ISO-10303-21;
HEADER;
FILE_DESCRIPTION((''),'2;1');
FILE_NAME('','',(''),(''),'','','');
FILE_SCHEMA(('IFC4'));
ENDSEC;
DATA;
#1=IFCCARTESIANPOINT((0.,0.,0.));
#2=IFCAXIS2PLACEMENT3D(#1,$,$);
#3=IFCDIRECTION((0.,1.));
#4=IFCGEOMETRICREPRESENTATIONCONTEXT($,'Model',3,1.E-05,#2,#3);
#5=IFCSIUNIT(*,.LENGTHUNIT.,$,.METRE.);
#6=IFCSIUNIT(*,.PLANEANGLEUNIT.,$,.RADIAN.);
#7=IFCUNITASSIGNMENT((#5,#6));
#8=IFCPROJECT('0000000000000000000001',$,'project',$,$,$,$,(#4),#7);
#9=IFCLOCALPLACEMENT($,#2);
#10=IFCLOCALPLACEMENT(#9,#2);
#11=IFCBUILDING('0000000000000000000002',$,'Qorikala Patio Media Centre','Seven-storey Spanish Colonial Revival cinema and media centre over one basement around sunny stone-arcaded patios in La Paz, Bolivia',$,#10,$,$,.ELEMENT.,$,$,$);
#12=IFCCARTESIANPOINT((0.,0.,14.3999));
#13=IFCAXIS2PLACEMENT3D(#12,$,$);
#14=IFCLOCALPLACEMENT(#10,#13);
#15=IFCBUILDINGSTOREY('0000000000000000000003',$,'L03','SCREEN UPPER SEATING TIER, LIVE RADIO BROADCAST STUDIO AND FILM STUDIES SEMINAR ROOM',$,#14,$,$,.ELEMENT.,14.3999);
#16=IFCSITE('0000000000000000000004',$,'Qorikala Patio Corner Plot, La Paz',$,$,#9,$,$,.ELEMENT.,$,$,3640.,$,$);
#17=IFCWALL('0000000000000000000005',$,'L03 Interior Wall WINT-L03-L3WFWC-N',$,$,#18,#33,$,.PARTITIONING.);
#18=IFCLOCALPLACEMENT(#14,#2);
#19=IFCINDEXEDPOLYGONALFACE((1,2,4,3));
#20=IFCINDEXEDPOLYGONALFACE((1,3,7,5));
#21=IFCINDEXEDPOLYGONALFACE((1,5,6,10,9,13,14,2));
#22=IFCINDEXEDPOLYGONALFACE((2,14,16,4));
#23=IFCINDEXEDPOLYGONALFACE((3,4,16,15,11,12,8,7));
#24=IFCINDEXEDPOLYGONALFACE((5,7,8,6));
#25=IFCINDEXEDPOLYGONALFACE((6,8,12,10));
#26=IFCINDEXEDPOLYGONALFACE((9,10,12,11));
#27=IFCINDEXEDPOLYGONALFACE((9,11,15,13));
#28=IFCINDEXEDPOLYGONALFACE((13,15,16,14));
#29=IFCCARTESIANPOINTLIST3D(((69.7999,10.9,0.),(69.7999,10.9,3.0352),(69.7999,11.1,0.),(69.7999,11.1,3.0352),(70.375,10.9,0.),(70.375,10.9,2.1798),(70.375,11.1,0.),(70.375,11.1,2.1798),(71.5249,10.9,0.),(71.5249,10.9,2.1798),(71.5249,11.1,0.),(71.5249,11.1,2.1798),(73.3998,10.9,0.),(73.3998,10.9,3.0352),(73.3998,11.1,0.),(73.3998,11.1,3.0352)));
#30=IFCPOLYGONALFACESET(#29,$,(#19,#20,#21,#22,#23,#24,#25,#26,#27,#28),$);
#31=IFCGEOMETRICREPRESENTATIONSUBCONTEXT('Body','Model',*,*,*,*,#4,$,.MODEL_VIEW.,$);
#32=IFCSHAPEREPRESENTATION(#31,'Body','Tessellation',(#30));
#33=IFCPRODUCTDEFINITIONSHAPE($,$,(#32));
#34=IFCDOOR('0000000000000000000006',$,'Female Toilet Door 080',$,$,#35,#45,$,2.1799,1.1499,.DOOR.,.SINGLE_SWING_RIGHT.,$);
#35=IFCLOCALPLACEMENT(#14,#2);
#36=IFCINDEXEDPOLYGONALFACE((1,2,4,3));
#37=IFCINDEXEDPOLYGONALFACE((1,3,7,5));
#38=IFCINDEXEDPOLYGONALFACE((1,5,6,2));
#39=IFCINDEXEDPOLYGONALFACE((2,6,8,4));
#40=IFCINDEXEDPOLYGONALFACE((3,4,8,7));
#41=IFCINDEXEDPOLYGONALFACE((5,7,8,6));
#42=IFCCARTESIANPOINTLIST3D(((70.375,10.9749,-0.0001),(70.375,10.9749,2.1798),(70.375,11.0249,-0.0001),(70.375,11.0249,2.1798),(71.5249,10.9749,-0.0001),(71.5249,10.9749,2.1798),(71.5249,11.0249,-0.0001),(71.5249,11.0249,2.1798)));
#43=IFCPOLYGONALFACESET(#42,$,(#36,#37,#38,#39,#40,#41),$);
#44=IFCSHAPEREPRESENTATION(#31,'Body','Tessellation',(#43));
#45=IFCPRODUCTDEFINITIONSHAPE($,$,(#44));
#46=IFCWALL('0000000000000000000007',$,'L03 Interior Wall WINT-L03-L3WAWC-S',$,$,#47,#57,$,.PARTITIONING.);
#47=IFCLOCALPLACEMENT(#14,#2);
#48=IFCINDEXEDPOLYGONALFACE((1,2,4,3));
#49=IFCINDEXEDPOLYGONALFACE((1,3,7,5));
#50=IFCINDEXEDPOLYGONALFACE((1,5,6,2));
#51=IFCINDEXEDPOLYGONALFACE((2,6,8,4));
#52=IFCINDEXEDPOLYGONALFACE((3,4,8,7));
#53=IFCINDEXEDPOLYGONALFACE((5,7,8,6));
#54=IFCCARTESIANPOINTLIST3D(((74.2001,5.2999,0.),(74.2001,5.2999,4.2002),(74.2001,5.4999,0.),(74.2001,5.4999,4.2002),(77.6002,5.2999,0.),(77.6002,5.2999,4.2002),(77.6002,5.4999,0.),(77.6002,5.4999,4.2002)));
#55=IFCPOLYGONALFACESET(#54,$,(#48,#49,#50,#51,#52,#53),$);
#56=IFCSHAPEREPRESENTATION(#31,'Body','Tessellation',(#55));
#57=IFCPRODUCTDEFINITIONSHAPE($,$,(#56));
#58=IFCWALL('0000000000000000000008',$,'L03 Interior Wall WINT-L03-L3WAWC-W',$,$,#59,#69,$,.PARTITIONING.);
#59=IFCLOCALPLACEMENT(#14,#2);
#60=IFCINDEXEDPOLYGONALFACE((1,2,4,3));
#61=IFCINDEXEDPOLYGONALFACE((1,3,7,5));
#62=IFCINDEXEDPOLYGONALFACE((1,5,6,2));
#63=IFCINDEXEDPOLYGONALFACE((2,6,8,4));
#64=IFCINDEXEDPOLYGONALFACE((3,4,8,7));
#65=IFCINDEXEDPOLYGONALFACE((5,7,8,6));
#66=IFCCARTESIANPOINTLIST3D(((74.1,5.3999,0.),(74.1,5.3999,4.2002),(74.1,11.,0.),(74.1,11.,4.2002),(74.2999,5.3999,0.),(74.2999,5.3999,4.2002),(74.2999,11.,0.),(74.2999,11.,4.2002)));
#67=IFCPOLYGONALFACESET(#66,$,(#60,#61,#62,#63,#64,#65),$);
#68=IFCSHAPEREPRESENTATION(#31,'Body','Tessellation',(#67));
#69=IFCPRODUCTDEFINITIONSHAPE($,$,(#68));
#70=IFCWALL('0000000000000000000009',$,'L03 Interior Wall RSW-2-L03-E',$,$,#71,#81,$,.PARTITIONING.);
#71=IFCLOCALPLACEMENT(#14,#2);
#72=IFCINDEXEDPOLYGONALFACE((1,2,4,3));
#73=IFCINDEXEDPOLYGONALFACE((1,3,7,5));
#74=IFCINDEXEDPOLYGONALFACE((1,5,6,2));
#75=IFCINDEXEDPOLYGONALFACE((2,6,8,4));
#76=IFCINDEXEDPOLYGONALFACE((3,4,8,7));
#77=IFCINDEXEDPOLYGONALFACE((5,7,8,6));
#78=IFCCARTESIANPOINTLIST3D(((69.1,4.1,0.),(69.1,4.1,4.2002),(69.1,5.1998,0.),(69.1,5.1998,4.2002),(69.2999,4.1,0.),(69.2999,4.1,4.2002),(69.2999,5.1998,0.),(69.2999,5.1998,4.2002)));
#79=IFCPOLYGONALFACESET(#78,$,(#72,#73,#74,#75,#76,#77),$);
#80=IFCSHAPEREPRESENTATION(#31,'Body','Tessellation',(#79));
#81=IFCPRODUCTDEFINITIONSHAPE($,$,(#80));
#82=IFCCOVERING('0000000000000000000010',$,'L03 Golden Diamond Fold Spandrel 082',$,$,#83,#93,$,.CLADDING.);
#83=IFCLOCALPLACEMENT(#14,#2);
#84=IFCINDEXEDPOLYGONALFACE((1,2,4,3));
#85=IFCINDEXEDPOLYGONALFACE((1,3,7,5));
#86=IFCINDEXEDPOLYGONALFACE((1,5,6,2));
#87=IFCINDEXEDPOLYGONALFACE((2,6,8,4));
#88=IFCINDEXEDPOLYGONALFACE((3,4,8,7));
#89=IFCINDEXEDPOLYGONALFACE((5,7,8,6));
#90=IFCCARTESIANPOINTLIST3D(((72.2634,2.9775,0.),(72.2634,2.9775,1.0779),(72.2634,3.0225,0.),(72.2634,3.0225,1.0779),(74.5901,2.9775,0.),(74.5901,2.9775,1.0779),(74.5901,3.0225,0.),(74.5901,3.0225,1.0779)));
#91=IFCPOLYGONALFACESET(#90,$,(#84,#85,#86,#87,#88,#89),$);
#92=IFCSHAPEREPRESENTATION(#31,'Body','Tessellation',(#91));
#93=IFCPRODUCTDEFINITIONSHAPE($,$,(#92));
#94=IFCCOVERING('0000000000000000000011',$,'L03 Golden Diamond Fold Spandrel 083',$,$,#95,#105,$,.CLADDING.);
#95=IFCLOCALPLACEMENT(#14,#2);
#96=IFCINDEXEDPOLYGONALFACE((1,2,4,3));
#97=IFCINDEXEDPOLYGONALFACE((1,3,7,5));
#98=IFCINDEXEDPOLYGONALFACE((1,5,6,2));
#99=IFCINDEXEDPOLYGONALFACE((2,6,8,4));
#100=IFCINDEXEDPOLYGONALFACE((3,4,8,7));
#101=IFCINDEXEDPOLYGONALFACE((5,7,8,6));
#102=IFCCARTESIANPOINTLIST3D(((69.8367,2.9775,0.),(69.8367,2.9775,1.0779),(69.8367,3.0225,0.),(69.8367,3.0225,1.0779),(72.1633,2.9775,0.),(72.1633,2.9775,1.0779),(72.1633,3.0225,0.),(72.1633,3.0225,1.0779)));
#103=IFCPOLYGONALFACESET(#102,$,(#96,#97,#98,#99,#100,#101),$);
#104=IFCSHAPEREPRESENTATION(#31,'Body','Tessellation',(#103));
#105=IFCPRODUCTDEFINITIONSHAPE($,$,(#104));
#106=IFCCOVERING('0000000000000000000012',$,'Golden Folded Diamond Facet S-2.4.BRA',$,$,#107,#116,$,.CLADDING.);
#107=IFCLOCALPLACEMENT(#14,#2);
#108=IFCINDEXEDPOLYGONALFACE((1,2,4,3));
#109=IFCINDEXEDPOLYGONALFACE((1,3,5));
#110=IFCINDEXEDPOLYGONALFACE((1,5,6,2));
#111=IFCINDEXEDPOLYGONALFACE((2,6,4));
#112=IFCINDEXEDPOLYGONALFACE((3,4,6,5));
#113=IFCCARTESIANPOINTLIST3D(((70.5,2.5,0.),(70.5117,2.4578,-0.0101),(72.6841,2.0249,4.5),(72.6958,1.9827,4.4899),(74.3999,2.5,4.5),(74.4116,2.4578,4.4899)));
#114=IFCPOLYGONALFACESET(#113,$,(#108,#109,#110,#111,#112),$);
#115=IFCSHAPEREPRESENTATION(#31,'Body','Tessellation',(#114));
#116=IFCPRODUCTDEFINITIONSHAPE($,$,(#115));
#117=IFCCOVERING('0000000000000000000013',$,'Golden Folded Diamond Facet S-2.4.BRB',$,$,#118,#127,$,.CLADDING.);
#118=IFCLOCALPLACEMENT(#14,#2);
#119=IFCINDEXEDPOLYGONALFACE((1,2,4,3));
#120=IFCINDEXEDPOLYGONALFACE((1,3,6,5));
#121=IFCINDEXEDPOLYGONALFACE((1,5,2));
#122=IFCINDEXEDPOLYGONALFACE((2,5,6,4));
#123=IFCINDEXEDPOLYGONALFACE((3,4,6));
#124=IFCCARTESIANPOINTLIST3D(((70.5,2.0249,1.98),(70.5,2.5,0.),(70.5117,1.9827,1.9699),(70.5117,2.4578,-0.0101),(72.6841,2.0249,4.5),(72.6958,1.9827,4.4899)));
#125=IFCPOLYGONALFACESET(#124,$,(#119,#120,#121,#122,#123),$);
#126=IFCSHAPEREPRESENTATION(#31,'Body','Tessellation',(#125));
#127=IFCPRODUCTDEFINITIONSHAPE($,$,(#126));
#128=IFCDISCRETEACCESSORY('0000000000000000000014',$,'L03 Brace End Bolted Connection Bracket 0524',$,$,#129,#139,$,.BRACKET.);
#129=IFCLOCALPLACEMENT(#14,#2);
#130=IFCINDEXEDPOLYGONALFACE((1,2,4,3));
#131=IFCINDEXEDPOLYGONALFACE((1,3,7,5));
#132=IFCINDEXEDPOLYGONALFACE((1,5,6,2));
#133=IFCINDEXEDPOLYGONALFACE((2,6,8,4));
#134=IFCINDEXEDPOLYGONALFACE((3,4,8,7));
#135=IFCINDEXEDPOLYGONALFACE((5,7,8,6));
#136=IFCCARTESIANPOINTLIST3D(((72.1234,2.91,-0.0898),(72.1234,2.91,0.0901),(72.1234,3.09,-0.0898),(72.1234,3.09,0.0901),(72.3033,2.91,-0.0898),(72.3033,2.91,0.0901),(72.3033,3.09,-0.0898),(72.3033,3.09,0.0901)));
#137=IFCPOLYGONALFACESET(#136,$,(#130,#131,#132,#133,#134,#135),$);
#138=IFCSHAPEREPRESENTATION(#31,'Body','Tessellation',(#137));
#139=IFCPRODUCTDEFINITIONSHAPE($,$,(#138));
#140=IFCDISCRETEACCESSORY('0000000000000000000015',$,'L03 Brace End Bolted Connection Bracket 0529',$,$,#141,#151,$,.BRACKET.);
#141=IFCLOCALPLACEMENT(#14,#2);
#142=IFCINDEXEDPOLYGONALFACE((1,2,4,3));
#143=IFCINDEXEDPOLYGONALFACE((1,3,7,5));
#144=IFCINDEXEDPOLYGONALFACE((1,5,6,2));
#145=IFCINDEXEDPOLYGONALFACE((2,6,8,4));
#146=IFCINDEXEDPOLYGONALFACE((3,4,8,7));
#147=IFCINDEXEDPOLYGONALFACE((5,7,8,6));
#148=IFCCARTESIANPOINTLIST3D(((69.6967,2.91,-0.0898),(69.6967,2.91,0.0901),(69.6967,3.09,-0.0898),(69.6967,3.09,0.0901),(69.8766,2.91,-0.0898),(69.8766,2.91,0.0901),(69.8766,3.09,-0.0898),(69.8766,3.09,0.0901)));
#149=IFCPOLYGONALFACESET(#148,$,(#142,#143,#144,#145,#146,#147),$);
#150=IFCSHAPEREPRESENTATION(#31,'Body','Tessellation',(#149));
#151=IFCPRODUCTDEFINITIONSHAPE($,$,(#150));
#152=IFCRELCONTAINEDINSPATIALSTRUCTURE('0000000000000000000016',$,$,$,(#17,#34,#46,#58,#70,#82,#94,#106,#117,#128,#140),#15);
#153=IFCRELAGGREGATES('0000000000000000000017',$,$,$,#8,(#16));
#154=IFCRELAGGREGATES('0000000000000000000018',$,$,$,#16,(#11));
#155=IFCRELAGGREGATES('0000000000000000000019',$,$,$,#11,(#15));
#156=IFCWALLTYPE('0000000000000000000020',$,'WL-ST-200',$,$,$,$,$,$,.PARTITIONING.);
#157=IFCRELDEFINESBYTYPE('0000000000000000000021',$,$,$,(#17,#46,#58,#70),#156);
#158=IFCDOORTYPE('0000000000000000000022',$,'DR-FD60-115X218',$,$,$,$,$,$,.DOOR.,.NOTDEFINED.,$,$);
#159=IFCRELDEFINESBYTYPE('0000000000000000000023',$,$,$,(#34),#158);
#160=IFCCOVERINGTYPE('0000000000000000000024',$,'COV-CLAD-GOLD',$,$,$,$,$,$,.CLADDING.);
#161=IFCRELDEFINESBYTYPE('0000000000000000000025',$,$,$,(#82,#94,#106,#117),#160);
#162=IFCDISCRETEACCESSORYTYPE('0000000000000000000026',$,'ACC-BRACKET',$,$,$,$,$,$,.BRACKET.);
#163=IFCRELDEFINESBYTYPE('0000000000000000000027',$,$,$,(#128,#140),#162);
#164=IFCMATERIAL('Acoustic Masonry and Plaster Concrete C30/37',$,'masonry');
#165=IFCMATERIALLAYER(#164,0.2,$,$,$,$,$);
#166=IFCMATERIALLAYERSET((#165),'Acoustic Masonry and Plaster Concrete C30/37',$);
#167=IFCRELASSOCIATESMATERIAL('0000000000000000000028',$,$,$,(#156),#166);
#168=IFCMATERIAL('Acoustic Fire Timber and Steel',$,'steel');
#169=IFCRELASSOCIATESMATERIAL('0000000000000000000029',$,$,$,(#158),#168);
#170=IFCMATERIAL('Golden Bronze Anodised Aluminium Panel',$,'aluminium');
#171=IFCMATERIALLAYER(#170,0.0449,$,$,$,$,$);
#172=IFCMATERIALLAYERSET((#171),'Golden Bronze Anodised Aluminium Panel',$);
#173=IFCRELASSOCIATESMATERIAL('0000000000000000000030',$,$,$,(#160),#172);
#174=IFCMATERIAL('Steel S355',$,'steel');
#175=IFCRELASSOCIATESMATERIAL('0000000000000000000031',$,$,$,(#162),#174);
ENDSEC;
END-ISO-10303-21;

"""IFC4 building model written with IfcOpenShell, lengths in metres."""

from ifc_helpers import new_model, si_unit, direction, frame, frame_2d, origin, origin_2d, place, context, subcontext, project, spatial, polyline, rectangle, outline, extrude, material, layer, layer_set, type_object, element, fill, save


model = new_model("IFC4")

# Units and contexts
model_context = context("Model", 3, precision=1e-05, world=origin(), true_north=direction((0.0, 1.0)))
body_context = subcontext(model_context, "Body", "Model", "MODEL_VIEW")
ifc_project = project(units=[si_unit("LENGTHUNIT", "METRE"), si_unit("PLANEANGLEUNIT", "RADIAN")], contexts=[model_context])

# Site, building, storey
site_placement = place(None, origin())
site = spatial("IfcSite", under=ifc_project, at=site_placement, Name="Qorikala Patio Corner Plot, La Paz", CompositionType="ELEMENT", RefElevation=3640.0)
building_placement = place(site_placement, origin())
building = spatial("IfcBuilding", under=site, at=building_placement, Name="Qorikala Patio Media Centre", Description="Seven-storey Spanish Colonial Revival cinema and media centre over one basement around sunny stone-arcaded patios in La Paz, Bolivia", CompositionType="ELEMENT")
storey_placement = place(building_placement, frame((0.0, 0.0, 14.3999)))
storey = spatial("IfcBuildingStorey", under=building, at=storey_placement, Name="L03", Description="SCREEN UPPER SEATING TIER, LIVE RADIO BROADCAST STUDIO AND FILM STUDIES SEMINAR ROOM", CompositionType="ELEMENT", Elevation=14.3999)

# Shared definitions
ifc_material_1 = material(Name="Acoustic Masonry and Plaster Concrete C30/37", Category="masonry")
ifc_layer_1 = layer(ifc_material_1, 0.2)
ifc_layer_set_1 = layer_set([ifc_layer_1], Name="Acoustic Masonry and Plaster Concrete C30/37")
wall_type = type_object("IfcWallType", Name="WL-ST-200", PredefinedType="PARTITIONING", material=ifc_layer_set_1)

# Wall, opening, door
wall_1_placement = place(storey_placement, frame((69.8, 11.0, 0.0), z_axis=(0.0, 0.0, 1.0), x_axis=(1.0, 0.0, 0.0)))
wall_1 = element("IfcWall", 1, at=wall_1_placement, inside=storey, type_object=wall_type, Name="L03 Interior Wall WINT-L03-L3WFWC-N", PredefinedType="PARTITIONING", context=body_context, shape_type="SweptSolid", body=[
    extrude(rectangle(XDim=3.5999, YDim=0.2, at=frame_2d((1.7998, 0.0))), origin(), (0.0, 0.0, 1.0), 3.0352),
])
opening_1_placement = place(wall_1_placement, frame((0.575, 0.0, 0.0)))
opening_1 = element("IfcOpeningElement", 2, at=opening_1_placement, cuts=wall_1, PredefinedType="OPENING", context=body_context, shape_type="SweptSolid", body=[
    extrude(rectangle(XDim=1.1499, YDim=2.1799, at=frame_2d((0.575, 1.0898))), frame((0.0, 0.1099, 0.0), z_axis=(0.0, -1.0, 0.0), x_axis=(1.0, 0.0, 0.0)), (0.0, 0.0, 1.0), 0.22),
])
ifc_material_2 = material(Name="Acoustic Fire Timber and Steel", Category="steel")
door_type_1 = type_object("IfcDoorType", Name="DR-FD60-115X218", OperationType="NOTDEFINED", PredefinedType="DOOR", material=ifc_material_2)
door_1_placement = place(opening_1_placement, origin())
door_1 = element("IfcDoor", 3, at=door_1_placement, inside=storey, type_object=door_type_1, Name="Female Toilet Door 080", OperationType="SINGLE_SWING_RIGHT", OverallHeight=2.1799, OverallWidth=1.1499, PredefinedType="DOOR", context=body_context, shape_type="SweptSolid", body=[
    extrude(rectangle(XDim=1.1499, YDim=2.1799, at=frame_2d((0.575, 1.0898))), frame((0.0, 0.0249, 0.0), z_axis=(0.0, -1.0, 0.0), x_axis=(1.0, 0.0, 0.0)), (0.0, 0.0, 1.0), 0.05),
])
fill(opening_1, door_1)

# Wall
wall_2_placement = place(storey_placement, frame((74.2, 5.3999, 0.0), z_axis=(0.0, 0.0, 1.0), x_axis=(1.0, 0.0, 0.0)))
element("IfcWall", 4, at=wall_2_placement, inside=storey, type_object=wall_type, Name="L03 Interior Wall WINT-L03-L3WAWC-S", PredefinedType="PARTITIONING", context=body_context, shape_type="SweptSolid", body=[
    extrude(rectangle(XDim=3.4001, YDim=0.2, at=frame_2d((1.7002, 0.0))), origin(), (0.0, 0.0, 1.0), 4.2002),
])

# Walls
wall_3_placement = place(storey_placement, frame((74.2, 5.3999, 0.0), z_axis=(0.0, 0.0, 1.0), x_axis=(0.0, 1.0, 0.0)))
element("IfcWall", 5, at=wall_3_placement, inside=storey, type_object=wall_type, Name="L03 Interior Wall WINT-L03-L3WAWC-W", PredefinedType="PARTITIONING", context=body_context, shape_type="SweptSolid", body=[
    extrude(rectangle(XDim=5.6001, YDim=0.2, at=frame_2d((2.8, 0.0))), origin(), (0.0, 0.0, 1.0), 4.2002),
])
wall_4_placement = place(storey_placement, frame((69.2, 4.1001, 0.0), z_axis=(0.0, 0.0, 1.0), x_axis=(0.0, 1.0, 0.0)))
element("IfcWall", 6, at=wall_4_placement, inside=storey, type_object=wall_type, Name="L03 Interior Wall RSW-2-L03-E", PredefinedType="PARTITIONING", context=body_context, shape_type="SweptSolid", body=[
    extrude(rectangle(XDim=1.0999, YDim=0.2, at=frame_2d((0.5498, 0.0))), origin(), (0.0, 0.0, 1.0), 4.2002),
])

# Coverings
ifc_material_3 = material(Name="Golden Bronze Anodised Aluminium Panel", Category="aluminium")
ifc_layer_2 = layer(ifc_material_3, 0.0449)
ifc_layer_set_2 = layer_set([ifc_layer_2], Name="Golden Bronze Anodised Aluminium Panel")
covering_type = type_object("IfcCoveringType", Name="COV-CLAD-GOLD", PredefinedType="CLADDING", material=ifc_layer_set_2)
for number, where, z_axis, x_axis, name in (
    (7, (73.4268, 3.0, 0.0), (0.0, 0.0, 1.0), (-1.0, 0.0, 0.0), "L03 Golden Diamond Fold Spandrel 082"),
    (8, (71.0, 3.0, 0.0), (0.0, 0.0, 1.0), (-1.0, 0.0, 0.0), "L03 Golden Diamond Fold Spandrel 083"),
):
    element("IfcCovering", number, at=place(storey_placement, frame(where, z_axis=z_axis, x_axis=x_axis)), inside=storey, type_object=covering_type, Name=name, PredefinedType="CLADDING", context=body_context, shape_type="SweptSolid", body=[
        extrude(rectangle(XDim=2.3267, YDim=0.0449, at=origin_2d()), origin(), (0.0, 0.0, 1.0), 1.0779),
    ])
covering_1_placement = place(storey_placement, frame((70.5, 2.5, 0.0), z_axis=(-0.25999, 0.938955, 0.225319), x_axis=(0.654921, 0.0, 0.755697)))
element("IfcCovering", 9, at=covering_1_placement, inside=storey, type_object=covering_type, Name="Golden Folded Diamond Facet S-2.4.BRA", PredefinedType="CLADDING", context=body_context, shape_type="SweptSolid", body=[
    extrude(outline(polyline([(0.0, 0.0), (5.9548, 0.0), (4.831, -1.3809), (0.0, 0.0)])), origin(), (0.0, 0.0, -1.0), 0.0449),
])
covering_2_placement = place(storey_placement, frame((70.5, 2.5, 0.0), z_axis=(-0.25996, 0.938966, 0.225306), x_axis=(0.434684, -0.094556, 0.895606)))
element("IfcCovering", 10, at=covering_2_placement, inside=storey, type_object=covering_type, Name="Golden Folded Diamond Facet S-2.4.BRB", PredefinedType="CLADDING", context=body_context, shape_type="SweptSolid", body=[
    extrude(outline(polyline([(0.0, 0.0), (5.0245, 0.0), (1.8182, -0.9166), (0.0, 0.0)])), origin(), (0.0, 0.0, -1.0), 0.0449),
])

# Discrete accessories
ifc_material_4 = material(Name="Steel S355", Category="steel")
discrete_accessory_type = type_object("IfcDiscreteAccessoryType", Name="ACC-BRACKET", PredefinedType="BRACKET", material=ifc_material_4)
for number, where, z_axis, x_axis, name in (
    (11, (72.2134, 3.0, -0.0898), (0.0, 0.0, 1.0), (1.0, 0.0, 0.0), "L03 Brace End Bolted Connection Bracket 0524"),
    (12, (69.7866, 3.0, -0.0898), (0.0, 0.0, 1.0), (1.0, 0.0, 0.0), "L03 Brace End Bolted Connection Bracket 0529"),
):
    element("IfcDiscreteAccessory", number, at=place(storey_placement, frame(where, z_axis=z_axis, x_axis=x_axis)), inside=storey, type_object=discrete_accessory_type, Name=name, PredefinedType="BRACKET", context=body_context, shape_type="SweptSolid", body=[
        extrude(rectangle(XDim=0.1799, YDim=0.1799, at=origin_2d()), origin(), (0.0, 0.0, 1.0), 0.1799),
    ])

save(model, "model.ifc")
